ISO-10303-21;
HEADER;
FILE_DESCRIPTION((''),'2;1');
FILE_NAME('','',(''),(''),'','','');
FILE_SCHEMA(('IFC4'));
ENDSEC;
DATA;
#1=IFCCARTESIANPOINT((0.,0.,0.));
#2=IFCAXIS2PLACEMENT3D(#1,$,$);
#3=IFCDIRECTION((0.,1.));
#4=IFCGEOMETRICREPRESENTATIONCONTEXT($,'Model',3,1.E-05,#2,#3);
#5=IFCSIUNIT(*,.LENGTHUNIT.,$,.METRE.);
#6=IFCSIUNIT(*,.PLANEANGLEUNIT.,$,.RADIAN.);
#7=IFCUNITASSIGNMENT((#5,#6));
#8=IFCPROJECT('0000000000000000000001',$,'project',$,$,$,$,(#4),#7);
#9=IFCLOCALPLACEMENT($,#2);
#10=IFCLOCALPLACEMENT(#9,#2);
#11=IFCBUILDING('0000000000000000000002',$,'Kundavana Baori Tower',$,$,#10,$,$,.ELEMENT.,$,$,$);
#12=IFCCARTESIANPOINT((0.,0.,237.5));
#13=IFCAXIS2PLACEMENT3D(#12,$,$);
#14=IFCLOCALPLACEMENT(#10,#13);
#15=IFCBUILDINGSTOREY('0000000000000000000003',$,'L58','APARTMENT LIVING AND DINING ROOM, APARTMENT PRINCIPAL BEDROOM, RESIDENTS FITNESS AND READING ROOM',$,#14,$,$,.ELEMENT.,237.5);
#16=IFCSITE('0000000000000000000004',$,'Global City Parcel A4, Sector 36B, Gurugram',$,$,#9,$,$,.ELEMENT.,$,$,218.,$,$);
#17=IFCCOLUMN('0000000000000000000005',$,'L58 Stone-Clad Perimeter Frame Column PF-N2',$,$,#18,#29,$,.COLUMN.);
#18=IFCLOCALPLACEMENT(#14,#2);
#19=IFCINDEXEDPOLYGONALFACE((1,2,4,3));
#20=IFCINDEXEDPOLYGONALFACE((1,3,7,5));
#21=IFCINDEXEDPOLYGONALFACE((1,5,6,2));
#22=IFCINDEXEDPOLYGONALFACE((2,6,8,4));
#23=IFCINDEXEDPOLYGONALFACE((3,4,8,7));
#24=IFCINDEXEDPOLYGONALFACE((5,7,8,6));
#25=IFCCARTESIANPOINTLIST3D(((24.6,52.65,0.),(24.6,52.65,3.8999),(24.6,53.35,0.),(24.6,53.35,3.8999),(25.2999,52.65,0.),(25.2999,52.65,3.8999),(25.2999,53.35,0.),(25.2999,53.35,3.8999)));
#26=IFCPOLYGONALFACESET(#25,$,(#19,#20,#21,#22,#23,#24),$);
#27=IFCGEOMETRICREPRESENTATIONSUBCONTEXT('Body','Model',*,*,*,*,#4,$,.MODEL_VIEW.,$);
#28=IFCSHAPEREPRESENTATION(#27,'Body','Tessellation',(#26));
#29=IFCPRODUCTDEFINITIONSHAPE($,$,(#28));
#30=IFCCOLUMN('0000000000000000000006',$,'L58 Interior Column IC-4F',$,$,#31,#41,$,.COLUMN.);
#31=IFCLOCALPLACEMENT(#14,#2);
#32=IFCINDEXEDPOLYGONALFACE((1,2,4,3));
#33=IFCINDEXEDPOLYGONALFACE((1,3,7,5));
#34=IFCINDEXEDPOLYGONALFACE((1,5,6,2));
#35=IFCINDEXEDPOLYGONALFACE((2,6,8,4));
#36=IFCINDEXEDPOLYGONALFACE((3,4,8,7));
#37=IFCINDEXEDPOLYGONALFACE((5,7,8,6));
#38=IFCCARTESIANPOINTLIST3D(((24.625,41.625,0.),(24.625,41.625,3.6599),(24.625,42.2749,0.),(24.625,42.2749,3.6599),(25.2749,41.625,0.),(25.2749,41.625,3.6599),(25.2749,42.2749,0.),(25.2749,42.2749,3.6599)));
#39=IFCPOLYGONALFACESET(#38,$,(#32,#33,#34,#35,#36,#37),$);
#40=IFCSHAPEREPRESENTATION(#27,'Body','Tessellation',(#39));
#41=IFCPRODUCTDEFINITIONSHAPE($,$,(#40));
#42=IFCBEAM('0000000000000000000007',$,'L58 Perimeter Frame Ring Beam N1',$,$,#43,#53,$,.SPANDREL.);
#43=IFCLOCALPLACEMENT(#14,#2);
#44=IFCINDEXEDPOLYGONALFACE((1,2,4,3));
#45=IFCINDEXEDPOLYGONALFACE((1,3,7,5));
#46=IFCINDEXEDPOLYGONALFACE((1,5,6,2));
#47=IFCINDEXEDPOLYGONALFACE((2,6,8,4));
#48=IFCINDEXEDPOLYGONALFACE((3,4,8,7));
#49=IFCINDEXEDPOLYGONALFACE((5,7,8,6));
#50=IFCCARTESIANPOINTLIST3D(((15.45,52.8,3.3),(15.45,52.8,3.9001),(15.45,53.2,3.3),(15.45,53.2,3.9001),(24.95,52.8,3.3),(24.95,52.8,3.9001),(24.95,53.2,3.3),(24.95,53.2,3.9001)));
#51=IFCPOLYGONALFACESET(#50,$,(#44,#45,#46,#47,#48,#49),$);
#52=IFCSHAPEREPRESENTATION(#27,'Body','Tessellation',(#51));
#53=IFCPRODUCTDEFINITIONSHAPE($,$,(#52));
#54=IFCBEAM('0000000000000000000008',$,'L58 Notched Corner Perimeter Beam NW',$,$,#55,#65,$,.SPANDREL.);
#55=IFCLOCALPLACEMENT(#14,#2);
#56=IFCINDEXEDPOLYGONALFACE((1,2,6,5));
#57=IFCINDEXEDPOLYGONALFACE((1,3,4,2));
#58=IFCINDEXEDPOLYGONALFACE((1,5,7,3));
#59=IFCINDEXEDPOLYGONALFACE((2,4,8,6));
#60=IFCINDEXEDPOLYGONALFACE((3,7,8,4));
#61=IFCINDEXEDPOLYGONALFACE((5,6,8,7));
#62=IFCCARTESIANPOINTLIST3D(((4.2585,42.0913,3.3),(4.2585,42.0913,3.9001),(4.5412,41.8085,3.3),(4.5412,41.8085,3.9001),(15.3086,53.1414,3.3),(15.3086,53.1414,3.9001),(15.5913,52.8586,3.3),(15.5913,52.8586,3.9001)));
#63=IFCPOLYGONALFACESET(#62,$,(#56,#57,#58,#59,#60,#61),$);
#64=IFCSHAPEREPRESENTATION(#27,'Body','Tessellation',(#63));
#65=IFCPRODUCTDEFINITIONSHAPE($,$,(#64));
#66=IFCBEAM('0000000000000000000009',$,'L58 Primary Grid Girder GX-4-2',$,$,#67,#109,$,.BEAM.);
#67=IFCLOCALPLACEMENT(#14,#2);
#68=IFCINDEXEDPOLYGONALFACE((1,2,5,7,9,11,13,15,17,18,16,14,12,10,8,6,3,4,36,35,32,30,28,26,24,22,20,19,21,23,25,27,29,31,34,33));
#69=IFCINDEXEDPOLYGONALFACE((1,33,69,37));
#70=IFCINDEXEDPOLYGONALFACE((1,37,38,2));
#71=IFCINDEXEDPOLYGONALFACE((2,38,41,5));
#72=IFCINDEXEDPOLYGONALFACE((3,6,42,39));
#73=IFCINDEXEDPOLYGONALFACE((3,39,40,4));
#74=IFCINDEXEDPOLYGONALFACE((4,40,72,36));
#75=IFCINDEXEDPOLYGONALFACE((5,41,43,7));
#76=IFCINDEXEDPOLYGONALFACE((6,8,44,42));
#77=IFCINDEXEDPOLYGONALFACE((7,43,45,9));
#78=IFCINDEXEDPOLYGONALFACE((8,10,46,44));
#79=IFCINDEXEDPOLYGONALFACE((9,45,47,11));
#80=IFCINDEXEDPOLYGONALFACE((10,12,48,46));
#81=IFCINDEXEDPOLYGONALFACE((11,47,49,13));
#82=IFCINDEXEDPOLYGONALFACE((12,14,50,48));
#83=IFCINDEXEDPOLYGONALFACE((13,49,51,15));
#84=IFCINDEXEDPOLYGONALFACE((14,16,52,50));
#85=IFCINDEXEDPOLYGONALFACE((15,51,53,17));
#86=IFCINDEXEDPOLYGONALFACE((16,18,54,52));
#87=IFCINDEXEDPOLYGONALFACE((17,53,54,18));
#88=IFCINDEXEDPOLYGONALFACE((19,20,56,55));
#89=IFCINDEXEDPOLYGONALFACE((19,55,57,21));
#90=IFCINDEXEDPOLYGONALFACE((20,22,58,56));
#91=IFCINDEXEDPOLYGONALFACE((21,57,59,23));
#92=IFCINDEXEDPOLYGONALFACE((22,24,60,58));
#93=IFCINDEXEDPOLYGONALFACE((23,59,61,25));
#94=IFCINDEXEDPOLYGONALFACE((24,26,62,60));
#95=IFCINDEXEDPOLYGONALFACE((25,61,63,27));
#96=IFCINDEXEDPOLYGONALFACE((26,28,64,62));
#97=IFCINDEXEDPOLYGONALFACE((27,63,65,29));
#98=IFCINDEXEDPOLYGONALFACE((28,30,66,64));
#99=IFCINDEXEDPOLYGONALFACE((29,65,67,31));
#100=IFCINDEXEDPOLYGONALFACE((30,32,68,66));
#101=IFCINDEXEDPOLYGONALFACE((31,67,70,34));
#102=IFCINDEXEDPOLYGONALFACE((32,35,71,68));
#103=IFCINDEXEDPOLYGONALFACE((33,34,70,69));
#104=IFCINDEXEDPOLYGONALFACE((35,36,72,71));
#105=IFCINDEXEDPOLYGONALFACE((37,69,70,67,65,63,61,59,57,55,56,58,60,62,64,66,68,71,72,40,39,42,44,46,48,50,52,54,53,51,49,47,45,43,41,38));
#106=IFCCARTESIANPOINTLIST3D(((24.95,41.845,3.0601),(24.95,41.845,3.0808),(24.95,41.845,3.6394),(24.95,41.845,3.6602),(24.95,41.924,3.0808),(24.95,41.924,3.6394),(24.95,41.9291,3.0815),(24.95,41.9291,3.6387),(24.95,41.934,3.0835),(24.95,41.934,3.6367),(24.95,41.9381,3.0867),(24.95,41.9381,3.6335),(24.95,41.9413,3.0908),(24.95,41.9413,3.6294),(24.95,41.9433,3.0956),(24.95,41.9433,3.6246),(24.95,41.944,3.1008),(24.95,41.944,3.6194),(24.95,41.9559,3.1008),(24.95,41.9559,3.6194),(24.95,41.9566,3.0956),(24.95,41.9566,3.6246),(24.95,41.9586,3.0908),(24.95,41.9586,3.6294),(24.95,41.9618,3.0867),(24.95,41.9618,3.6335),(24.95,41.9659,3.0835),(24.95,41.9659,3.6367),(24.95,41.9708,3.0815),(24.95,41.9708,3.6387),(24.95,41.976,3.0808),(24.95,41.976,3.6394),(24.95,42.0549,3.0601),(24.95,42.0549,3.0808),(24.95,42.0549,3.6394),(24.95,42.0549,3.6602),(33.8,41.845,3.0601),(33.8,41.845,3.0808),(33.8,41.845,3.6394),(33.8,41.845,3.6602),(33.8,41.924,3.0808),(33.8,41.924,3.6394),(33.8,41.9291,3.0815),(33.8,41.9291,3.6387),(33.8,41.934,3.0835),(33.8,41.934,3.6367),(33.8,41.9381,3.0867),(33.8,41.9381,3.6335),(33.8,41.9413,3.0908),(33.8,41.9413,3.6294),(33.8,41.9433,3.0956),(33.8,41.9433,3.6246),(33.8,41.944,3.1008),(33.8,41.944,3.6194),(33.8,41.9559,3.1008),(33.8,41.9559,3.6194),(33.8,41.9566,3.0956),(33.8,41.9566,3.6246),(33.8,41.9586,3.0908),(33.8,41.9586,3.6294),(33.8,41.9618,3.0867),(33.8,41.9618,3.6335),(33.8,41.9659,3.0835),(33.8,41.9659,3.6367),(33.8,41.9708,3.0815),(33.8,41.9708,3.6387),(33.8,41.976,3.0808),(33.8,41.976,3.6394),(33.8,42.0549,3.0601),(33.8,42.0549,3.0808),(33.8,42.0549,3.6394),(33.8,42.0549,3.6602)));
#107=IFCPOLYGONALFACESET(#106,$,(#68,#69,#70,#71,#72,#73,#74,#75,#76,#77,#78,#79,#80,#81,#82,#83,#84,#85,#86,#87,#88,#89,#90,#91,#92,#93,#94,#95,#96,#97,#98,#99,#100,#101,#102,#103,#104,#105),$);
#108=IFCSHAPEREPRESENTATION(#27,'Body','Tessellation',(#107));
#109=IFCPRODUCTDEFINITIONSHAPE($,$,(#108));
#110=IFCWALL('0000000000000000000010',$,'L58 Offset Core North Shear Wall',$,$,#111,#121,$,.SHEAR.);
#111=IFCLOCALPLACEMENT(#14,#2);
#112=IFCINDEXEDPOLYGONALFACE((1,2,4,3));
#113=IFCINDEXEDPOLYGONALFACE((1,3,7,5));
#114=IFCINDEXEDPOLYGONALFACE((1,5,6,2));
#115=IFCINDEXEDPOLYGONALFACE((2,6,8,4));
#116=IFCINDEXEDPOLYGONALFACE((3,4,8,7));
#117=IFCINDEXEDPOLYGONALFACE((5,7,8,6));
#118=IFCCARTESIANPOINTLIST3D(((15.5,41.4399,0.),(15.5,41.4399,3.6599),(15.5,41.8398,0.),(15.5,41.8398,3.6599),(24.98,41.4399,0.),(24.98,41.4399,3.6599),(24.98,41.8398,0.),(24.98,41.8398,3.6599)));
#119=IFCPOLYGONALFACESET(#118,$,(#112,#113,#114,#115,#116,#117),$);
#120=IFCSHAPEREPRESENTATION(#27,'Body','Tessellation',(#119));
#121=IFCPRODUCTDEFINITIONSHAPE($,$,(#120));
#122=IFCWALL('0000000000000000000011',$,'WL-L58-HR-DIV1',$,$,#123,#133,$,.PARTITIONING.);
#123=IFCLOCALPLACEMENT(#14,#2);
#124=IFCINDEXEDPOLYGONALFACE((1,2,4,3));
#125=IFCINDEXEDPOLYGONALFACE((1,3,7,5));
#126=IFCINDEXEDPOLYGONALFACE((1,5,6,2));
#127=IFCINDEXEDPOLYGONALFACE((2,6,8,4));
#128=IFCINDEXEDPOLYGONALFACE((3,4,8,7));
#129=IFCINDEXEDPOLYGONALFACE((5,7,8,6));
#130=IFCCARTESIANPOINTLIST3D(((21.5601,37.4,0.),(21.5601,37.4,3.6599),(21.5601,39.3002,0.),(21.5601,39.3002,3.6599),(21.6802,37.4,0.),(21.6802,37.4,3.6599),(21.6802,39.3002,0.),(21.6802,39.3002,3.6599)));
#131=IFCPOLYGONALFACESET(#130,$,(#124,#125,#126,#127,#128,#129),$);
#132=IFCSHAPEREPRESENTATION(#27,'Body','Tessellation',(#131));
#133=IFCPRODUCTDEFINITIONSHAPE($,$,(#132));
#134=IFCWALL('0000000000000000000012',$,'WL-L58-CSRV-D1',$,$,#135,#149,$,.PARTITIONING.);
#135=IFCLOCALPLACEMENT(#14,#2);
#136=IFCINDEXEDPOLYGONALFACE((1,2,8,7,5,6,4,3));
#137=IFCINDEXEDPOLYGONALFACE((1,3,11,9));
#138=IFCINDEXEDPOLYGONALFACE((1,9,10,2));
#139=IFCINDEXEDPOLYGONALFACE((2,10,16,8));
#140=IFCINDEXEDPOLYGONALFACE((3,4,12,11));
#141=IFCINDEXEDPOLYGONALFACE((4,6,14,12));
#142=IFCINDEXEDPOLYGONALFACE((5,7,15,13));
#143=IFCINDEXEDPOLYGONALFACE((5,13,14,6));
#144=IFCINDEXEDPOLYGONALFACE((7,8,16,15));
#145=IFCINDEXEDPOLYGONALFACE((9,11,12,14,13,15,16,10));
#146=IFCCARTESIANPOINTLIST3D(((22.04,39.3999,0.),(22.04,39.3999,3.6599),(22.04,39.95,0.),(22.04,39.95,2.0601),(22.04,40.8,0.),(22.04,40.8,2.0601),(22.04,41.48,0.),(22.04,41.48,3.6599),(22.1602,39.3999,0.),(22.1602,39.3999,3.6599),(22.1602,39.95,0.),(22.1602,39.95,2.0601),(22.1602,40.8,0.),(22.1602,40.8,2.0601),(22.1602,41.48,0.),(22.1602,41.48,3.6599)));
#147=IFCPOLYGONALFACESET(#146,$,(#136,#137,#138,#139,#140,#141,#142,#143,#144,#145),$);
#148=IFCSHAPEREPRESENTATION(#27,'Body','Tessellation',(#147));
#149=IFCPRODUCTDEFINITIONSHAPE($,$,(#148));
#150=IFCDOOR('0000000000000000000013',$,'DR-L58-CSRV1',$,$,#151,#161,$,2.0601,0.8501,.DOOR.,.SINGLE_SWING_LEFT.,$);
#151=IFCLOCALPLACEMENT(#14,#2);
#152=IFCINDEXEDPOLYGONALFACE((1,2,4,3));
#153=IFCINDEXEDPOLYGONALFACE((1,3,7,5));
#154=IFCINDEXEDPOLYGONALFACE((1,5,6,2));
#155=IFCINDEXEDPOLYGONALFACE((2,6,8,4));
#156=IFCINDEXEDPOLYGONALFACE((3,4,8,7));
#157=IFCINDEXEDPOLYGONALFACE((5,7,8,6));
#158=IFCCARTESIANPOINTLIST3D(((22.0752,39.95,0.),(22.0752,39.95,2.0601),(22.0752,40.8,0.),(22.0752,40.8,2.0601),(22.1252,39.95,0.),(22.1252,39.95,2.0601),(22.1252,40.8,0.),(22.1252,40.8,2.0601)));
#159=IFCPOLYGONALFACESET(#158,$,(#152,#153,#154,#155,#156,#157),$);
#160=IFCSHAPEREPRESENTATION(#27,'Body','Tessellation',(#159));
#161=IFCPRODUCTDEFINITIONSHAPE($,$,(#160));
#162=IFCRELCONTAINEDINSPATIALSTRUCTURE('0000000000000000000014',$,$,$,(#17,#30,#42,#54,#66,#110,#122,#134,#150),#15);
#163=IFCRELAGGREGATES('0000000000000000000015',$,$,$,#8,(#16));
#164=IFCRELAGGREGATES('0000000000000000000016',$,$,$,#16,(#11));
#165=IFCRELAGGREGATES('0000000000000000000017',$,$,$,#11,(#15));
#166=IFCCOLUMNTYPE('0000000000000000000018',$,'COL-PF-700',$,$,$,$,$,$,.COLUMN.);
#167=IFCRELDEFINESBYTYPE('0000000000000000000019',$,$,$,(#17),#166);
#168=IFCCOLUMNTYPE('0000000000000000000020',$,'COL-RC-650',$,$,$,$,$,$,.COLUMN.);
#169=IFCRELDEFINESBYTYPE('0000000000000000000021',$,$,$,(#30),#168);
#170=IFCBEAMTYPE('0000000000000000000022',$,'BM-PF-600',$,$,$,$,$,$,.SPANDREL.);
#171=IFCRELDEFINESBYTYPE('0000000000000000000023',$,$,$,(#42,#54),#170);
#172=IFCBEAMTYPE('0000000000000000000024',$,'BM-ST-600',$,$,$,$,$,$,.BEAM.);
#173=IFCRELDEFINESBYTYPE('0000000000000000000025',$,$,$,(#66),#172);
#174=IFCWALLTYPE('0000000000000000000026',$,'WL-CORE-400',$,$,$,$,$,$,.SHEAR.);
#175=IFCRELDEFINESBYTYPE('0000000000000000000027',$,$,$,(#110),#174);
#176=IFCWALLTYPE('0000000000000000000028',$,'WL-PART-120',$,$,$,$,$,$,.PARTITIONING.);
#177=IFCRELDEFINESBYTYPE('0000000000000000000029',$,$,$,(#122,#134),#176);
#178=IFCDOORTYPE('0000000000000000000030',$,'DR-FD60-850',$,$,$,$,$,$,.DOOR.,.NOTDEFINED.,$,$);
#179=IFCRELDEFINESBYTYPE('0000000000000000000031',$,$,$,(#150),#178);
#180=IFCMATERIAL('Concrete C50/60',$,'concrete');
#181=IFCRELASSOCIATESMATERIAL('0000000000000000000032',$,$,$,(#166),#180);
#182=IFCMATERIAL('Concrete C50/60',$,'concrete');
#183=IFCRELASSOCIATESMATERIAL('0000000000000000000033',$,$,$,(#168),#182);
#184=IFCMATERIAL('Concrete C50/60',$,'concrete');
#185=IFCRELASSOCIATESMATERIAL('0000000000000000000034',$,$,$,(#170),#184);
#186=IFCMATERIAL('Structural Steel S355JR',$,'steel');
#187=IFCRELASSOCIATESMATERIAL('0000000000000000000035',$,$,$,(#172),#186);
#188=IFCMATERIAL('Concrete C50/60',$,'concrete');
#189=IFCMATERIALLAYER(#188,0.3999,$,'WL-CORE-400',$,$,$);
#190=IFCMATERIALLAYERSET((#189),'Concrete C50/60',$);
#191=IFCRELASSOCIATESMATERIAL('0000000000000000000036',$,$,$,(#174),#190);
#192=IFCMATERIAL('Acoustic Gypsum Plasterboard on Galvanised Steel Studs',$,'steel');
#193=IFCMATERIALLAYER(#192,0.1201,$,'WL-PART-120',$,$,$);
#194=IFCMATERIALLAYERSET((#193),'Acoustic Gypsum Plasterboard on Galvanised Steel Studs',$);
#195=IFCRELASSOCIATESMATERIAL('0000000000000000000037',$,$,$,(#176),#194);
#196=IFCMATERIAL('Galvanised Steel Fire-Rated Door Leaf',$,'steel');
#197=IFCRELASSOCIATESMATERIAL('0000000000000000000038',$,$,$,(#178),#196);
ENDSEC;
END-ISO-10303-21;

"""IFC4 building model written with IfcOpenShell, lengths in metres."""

from ifc_helpers import new_model, si_unit, direction, frame, frame_2d, origin, origin_2d, place, context, subcontext, project, spatial, rectangle, i_section, extrude, material, layer, layer_set, material_profile, profile_set, type_object, element, fill, save


model = new_model("IFC4")

# Units and contexts
model_context = context("Model", 3, precision=1e-05, world=origin(), true_north=direction((0.0, 1.0)))
body_context = subcontext(model_context, "Body", "Model", "MODEL_VIEW")
ifc_project = project(units=[si_unit("LENGTHUNIT", "METRE"), si_unit("PLANEANGLEUNIT", "RADIAN")], contexts=[model_context])

# Site, building, storey
site_placement = place(None, origin())
site = spatial("IfcSite", under=ifc_project, at=site_placement, Name="Global City Parcel A4, Sector 36B, Gurugram", CompositionType="ELEMENT", RefElevation=218.0)
building_placement = place(site_placement, origin())
building = spatial("IfcBuilding", under=site, at=building_placement, Name="Kundavana Baori Tower", CompositionType="ELEMENT")
storey_placement = place(building_placement, frame((0.0, 0.0, 237.5)))
storey = spatial("IfcBuildingStorey", under=building, at=storey_placement, Name="L58", Description="APARTMENT LIVING AND DINING ROOM, APARTMENT PRINCIPAL BEDROOM, RESIDENTS FITNESS AND READING ROOM", CompositionType="ELEMENT", Elevation=237.5)

# Columns
ifc_material_1 = material(Name="Concrete C50/60", Category="concrete")
ifc_material_profile_1 = material_profile(ifc_material_1, rectangle(XDim=0.7, YDim=0.7, at=origin_2d()), Name="RC PF 700x700")
ifc_profile_set_1 = profile_set([ifc_material_profile_1], Name="Concrete C50/60")
column_type_1 = type_object("IfcColumnType", Name="COL-PF-700", PredefinedType="COLUMN", material=ifc_profile_set_1)
column_1_placement = place(storey_placement, frame((24.95, 53.0, 0.0), z_axis=(0.0, 0.0, 1.0), x_axis=(1.0, 0.0, 0.0)))
element("IfcColumn", 1, at=column_1_placement, inside=storey, type_object=column_type_1, Name="L58 Stone-Clad Perimeter Frame Column PF-N2", PredefinedType="COLUMN", context=body_context, shape_type="SweptSolid", body=[
    extrude(rectangle(XDim=0.7, YDim=0.7, at=origin_2d()), origin(), (0.0, 0.0, 1.0), 3.8999),
])
ifc_material_2 = material(Name="Concrete C50/60", Category="concrete")
ifc_material_profile_2 = material_profile(ifc_material_2, rectangle(XDim=0.6499, YDim=0.6499, at=origin_2d()), Name="RC 650x650")
ifc_profile_set_2 = profile_set([ifc_material_profile_2], Name="Concrete C50/60")
column_type_2 = type_object("IfcColumnType", Name="COL-RC-650", PredefinedType="COLUMN", material=ifc_profile_set_2)
column_2_placement = place(storey_placement, frame((24.95, 41.95, 0.0), z_axis=(0.0, 0.0, 1.0), x_axis=(1.0, 0.0, 0.0)))
element("IfcColumn", 2, at=column_2_placement, inside=storey, type_object=column_type_2, Name="L58 Interior Column IC-4F", PredefinedType="COLUMN", context=body_context, shape_type="SweptSolid", body=[
    extrude(rectangle(XDim=0.6499, YDim=0.6499, at=origin_2d()), origin(), (0.0, 0.0, 1.0), 3.6599),
])

# Beams
ifc_material_3 = material(Name="Concrete C50/60", Category="concrete")
ifc_material_profile_3 = material_profile(ifc_material_3, rectangle(XDim=0.3999, YDim=0.6001, at=origin_2d()), Name="RC BM 400x600")
ifc_profile_set_3 = profile_set([ifc_material_profile_3], Name="Concrete C50/60")
beam_type_1 = type_object("IfcBeamType", Name="BM-PF-600", PredefinedType="SPANDREL", material=ifc_profile_set_3)
beam_1_placement = place(storey_placement, frame((15.45, 53.0, 3.6001), z_axis=(1.0, 0.0, 0.0), x_axis=(0.0, 1.0, 0.0)))
element("IfcBeam", 3, at=beam_1_placement, inside=storey, type_object=beam_type_1, Name="L58 Perimeter Frame Ring Beam N1", PredefinedType="SPANDREL", context=body_context, shape_type="SweptSolid", body=[
    extrude(rectangle(XDim=0.3999, YDim=0.6001, at=origin_2d()), origin(), (0.0, 0.0, 1.0), 9.5),
])
beam_2_placement = place(storey_placement, frame((15.45, 53.0, 3.6001), z_axis=(-0.707107, -0.707107, 0.0), x_axis=(0.707107, -0.707107, 0.0)))
element("IfcBeam", 4, at=beam_2_placement, inside=storey, type_object=beam_type_1, Name="L58 Notched Corner Perimeter Beam NW", PredefinedType="SPANDREL", context=body_context, shape_type="SweptSolid", body=[
    extrude(rectangle(XDim=0.3999, YDim=0.6001, at=origin_2d()), origin(), (0.0, 0.0, 1.0), 15.6272),
])
ifc_material_4 = material(Name="Structural Steel S355JR", Category="steel")
ifc_material_profile_4 = material_profile(ifc_material_4, i_section(OverallWidth=0.21, OverallDepth=0.6001, WebThickness=0.012, FlangeThickness=0.0208, FilletRadius=0.02, at=origin_2d()), Name="ISMB 600")
ifc_profile_set_4 = profile_set([ifc_material_profile_4], Name="Structural Steel S355JR")
beam_type_2 = type_object("IfcBeamType", Name="BM-ST-600", PredefinedType="BEAM", material=ifc_profile_set_4)
beam_3_placement = place(storey_placement, frame((24.95, 41.95, 3.3601), z_axis=(1.0, 0.0, 0.0), x_axis=(0.0, 1.0, 0.0)))
element("IfcBeam", 5, at=beam_3_placement, inside=storey, type_object=beam_type_2, Name="L58 Primary Grid Girder GX-4-2", PredefinedType="BEAM", context=body_context, shape_type="SweptSolid", body=[
    extrude(i_section(OverallWidth=0.21, OverallDepth=0.6001, WebThickness=0.012, FlangeThickness=0.0208, FilletRadius=0.02, at=origin_2d()), origin(), (0.0, 0.0, 1.0), 8.8501),
])

# Walls
ifc_material_5 = material(Name="Concrete C50/60", Category="concrete")
ifc_layer_1 = layer(ifc_material_5, 0.3999, Name="WL-CORE-400")
ifc_layer_set_1 = layer_set([ifc_layer_1], Name="Concrete C50/60")
wall_type_1 = type_object("IfcWallType", Name="WL-CORE-400", PredefinedType="SHEAR", material=ifc_layer_set_1)
wall_1_placement = place(storey_placement, frame((15.5, 41.6399, 0.0), z_axis=(0.0, 0.0, 1.0), x_axis=(1.0, 0.0, 0.0)))
element("IfcWall", 6, at=wall_1_placement, inside=storey, type_object=wall_type_1, Name="L58 Offset Core North Shear Wall", PredefinedType="SHEAR", context=body_context, shape_type="SweptSolid", body=[
    extrude(rectangle(XDim=9.48, YDim=0.3999, at=frame_2d((4.74, 0.0))), origin(), (0.0, 0.0, 1.0), 3.6599),
])
ifc_material_6 = material(Name="Acoustic Gypsum Plasterboard on Galvanised Steel Studs", Category="steel")
ifc_layer_2 = layer(ifc_material_6, 0.1201, Name="WL-PART-120")
ifc_layer_set_2 = layer_set([ifc_layer_2], Name="Acoustic Gypsum Plasterboard on Galvanised Steel Studs")
wall_type_2 = type_object("IfcWallType", Name="WL-PART-120", PredefinedType="PARTITIONING", material=ifc_layer_set_2)
wall_2_placement = place(storey_placement, frame((21.6201, 37.3999, 0.0), z_axis=(0.0, 0.0, 1.0), x_axis=(0.0, 1.0, 0.0)))
element("IfcWall", 7, at=wall_2_placement, inside=storey, type_object=wall_type_2, Name="WL-L58-HR-DIV1", PredefinedType="PARTITIONING", context=body_context, shape_type="SweptSolid", body=[
    extrude(rectangle(XDim=1.9001, YDim=0.1201, at=frame_2d((0.9502, 0.0))), origin(), (0.0, 0.0, 1.0), 3.6599),
])

# Wall, opening, door
wall_3_placement = place(storey_placement, frame((22.1001, 39.3999, 0.0), z_axis=(0.0, 0.0, 1.0), x_axis=(0.0, 1.0, 0.0)))
wall_3 = element("IfcWall", 8, at=wall_3_placement, inside=storey, type_object=wall_type_2, Name="WL-L58-CSRV-D1", PredefinedType="PARTITIONING", context=body_context, shape_type="SweptSolid", body=[
    extrude(rectangle(XDim=2.0801, YDim=0.1201, at=frame_2d((1.04, 0.0))), origin(), (0.0, 0.0, 1.0), 3.6599),
])
opening_1_placement = place(wall_3_placement, frame((0.55, 0.0, 0.0)))
opening_1 = element("IfcOpeningElement", 9, at=opening_1_placement, cuts=wall_3, PredefinedType="OPENING", context=body_context, shape_type="SweptSolid", body=[
    extrude(rectangle(XDim=0.8501, YDim=2.0601, at=frame_2d((0.425, 1.03))), frame((0.0, 0.0701, 0.0), z_axis=(0.0, -1.0, 0.0), x_axis=(1.0, 0.0, 0.0)), (0.0, 0.0, 1.0), 0.1401),
])
ifc_material_7 = material(Name="Galvanised Steel Fire-Rated Door Leaf", Category="steel")
door_type_1 = type_object("IfcDoorType", Name="DR-FD60-850", OperationType="NOTDEFINED", PredefinedType="DOOR", material=ifc_material_7)
door_1_placement = place(opening_1_placement, origin())
door_1 = element("IfcDoor", 10, at=door_1_placement, inside=storey, type_object=door_type_1, Name="DR-L58-CSRV1", OperationType="SINGLE_SWING_LEFT", OverallHeight=2.0601, OverallWidth=0.8501, PredefinedType="DOOR", context=body_context, shape_type="SweptSolid", body=[
    extrude(rectangle(XDim=0.8501, YDim=2.0601, at=frame_2d((0.425, 1.03))), frame((0.0, 0.0249, 0.0), z_axis=(0.0, -1.0, 0.0), x_axis=(1.0, 0.0, 0.0)), (0.0, 0.0, 1.0), 0.05),
])
fill(opening_1, door_1)

save(model, "model.ifc")
